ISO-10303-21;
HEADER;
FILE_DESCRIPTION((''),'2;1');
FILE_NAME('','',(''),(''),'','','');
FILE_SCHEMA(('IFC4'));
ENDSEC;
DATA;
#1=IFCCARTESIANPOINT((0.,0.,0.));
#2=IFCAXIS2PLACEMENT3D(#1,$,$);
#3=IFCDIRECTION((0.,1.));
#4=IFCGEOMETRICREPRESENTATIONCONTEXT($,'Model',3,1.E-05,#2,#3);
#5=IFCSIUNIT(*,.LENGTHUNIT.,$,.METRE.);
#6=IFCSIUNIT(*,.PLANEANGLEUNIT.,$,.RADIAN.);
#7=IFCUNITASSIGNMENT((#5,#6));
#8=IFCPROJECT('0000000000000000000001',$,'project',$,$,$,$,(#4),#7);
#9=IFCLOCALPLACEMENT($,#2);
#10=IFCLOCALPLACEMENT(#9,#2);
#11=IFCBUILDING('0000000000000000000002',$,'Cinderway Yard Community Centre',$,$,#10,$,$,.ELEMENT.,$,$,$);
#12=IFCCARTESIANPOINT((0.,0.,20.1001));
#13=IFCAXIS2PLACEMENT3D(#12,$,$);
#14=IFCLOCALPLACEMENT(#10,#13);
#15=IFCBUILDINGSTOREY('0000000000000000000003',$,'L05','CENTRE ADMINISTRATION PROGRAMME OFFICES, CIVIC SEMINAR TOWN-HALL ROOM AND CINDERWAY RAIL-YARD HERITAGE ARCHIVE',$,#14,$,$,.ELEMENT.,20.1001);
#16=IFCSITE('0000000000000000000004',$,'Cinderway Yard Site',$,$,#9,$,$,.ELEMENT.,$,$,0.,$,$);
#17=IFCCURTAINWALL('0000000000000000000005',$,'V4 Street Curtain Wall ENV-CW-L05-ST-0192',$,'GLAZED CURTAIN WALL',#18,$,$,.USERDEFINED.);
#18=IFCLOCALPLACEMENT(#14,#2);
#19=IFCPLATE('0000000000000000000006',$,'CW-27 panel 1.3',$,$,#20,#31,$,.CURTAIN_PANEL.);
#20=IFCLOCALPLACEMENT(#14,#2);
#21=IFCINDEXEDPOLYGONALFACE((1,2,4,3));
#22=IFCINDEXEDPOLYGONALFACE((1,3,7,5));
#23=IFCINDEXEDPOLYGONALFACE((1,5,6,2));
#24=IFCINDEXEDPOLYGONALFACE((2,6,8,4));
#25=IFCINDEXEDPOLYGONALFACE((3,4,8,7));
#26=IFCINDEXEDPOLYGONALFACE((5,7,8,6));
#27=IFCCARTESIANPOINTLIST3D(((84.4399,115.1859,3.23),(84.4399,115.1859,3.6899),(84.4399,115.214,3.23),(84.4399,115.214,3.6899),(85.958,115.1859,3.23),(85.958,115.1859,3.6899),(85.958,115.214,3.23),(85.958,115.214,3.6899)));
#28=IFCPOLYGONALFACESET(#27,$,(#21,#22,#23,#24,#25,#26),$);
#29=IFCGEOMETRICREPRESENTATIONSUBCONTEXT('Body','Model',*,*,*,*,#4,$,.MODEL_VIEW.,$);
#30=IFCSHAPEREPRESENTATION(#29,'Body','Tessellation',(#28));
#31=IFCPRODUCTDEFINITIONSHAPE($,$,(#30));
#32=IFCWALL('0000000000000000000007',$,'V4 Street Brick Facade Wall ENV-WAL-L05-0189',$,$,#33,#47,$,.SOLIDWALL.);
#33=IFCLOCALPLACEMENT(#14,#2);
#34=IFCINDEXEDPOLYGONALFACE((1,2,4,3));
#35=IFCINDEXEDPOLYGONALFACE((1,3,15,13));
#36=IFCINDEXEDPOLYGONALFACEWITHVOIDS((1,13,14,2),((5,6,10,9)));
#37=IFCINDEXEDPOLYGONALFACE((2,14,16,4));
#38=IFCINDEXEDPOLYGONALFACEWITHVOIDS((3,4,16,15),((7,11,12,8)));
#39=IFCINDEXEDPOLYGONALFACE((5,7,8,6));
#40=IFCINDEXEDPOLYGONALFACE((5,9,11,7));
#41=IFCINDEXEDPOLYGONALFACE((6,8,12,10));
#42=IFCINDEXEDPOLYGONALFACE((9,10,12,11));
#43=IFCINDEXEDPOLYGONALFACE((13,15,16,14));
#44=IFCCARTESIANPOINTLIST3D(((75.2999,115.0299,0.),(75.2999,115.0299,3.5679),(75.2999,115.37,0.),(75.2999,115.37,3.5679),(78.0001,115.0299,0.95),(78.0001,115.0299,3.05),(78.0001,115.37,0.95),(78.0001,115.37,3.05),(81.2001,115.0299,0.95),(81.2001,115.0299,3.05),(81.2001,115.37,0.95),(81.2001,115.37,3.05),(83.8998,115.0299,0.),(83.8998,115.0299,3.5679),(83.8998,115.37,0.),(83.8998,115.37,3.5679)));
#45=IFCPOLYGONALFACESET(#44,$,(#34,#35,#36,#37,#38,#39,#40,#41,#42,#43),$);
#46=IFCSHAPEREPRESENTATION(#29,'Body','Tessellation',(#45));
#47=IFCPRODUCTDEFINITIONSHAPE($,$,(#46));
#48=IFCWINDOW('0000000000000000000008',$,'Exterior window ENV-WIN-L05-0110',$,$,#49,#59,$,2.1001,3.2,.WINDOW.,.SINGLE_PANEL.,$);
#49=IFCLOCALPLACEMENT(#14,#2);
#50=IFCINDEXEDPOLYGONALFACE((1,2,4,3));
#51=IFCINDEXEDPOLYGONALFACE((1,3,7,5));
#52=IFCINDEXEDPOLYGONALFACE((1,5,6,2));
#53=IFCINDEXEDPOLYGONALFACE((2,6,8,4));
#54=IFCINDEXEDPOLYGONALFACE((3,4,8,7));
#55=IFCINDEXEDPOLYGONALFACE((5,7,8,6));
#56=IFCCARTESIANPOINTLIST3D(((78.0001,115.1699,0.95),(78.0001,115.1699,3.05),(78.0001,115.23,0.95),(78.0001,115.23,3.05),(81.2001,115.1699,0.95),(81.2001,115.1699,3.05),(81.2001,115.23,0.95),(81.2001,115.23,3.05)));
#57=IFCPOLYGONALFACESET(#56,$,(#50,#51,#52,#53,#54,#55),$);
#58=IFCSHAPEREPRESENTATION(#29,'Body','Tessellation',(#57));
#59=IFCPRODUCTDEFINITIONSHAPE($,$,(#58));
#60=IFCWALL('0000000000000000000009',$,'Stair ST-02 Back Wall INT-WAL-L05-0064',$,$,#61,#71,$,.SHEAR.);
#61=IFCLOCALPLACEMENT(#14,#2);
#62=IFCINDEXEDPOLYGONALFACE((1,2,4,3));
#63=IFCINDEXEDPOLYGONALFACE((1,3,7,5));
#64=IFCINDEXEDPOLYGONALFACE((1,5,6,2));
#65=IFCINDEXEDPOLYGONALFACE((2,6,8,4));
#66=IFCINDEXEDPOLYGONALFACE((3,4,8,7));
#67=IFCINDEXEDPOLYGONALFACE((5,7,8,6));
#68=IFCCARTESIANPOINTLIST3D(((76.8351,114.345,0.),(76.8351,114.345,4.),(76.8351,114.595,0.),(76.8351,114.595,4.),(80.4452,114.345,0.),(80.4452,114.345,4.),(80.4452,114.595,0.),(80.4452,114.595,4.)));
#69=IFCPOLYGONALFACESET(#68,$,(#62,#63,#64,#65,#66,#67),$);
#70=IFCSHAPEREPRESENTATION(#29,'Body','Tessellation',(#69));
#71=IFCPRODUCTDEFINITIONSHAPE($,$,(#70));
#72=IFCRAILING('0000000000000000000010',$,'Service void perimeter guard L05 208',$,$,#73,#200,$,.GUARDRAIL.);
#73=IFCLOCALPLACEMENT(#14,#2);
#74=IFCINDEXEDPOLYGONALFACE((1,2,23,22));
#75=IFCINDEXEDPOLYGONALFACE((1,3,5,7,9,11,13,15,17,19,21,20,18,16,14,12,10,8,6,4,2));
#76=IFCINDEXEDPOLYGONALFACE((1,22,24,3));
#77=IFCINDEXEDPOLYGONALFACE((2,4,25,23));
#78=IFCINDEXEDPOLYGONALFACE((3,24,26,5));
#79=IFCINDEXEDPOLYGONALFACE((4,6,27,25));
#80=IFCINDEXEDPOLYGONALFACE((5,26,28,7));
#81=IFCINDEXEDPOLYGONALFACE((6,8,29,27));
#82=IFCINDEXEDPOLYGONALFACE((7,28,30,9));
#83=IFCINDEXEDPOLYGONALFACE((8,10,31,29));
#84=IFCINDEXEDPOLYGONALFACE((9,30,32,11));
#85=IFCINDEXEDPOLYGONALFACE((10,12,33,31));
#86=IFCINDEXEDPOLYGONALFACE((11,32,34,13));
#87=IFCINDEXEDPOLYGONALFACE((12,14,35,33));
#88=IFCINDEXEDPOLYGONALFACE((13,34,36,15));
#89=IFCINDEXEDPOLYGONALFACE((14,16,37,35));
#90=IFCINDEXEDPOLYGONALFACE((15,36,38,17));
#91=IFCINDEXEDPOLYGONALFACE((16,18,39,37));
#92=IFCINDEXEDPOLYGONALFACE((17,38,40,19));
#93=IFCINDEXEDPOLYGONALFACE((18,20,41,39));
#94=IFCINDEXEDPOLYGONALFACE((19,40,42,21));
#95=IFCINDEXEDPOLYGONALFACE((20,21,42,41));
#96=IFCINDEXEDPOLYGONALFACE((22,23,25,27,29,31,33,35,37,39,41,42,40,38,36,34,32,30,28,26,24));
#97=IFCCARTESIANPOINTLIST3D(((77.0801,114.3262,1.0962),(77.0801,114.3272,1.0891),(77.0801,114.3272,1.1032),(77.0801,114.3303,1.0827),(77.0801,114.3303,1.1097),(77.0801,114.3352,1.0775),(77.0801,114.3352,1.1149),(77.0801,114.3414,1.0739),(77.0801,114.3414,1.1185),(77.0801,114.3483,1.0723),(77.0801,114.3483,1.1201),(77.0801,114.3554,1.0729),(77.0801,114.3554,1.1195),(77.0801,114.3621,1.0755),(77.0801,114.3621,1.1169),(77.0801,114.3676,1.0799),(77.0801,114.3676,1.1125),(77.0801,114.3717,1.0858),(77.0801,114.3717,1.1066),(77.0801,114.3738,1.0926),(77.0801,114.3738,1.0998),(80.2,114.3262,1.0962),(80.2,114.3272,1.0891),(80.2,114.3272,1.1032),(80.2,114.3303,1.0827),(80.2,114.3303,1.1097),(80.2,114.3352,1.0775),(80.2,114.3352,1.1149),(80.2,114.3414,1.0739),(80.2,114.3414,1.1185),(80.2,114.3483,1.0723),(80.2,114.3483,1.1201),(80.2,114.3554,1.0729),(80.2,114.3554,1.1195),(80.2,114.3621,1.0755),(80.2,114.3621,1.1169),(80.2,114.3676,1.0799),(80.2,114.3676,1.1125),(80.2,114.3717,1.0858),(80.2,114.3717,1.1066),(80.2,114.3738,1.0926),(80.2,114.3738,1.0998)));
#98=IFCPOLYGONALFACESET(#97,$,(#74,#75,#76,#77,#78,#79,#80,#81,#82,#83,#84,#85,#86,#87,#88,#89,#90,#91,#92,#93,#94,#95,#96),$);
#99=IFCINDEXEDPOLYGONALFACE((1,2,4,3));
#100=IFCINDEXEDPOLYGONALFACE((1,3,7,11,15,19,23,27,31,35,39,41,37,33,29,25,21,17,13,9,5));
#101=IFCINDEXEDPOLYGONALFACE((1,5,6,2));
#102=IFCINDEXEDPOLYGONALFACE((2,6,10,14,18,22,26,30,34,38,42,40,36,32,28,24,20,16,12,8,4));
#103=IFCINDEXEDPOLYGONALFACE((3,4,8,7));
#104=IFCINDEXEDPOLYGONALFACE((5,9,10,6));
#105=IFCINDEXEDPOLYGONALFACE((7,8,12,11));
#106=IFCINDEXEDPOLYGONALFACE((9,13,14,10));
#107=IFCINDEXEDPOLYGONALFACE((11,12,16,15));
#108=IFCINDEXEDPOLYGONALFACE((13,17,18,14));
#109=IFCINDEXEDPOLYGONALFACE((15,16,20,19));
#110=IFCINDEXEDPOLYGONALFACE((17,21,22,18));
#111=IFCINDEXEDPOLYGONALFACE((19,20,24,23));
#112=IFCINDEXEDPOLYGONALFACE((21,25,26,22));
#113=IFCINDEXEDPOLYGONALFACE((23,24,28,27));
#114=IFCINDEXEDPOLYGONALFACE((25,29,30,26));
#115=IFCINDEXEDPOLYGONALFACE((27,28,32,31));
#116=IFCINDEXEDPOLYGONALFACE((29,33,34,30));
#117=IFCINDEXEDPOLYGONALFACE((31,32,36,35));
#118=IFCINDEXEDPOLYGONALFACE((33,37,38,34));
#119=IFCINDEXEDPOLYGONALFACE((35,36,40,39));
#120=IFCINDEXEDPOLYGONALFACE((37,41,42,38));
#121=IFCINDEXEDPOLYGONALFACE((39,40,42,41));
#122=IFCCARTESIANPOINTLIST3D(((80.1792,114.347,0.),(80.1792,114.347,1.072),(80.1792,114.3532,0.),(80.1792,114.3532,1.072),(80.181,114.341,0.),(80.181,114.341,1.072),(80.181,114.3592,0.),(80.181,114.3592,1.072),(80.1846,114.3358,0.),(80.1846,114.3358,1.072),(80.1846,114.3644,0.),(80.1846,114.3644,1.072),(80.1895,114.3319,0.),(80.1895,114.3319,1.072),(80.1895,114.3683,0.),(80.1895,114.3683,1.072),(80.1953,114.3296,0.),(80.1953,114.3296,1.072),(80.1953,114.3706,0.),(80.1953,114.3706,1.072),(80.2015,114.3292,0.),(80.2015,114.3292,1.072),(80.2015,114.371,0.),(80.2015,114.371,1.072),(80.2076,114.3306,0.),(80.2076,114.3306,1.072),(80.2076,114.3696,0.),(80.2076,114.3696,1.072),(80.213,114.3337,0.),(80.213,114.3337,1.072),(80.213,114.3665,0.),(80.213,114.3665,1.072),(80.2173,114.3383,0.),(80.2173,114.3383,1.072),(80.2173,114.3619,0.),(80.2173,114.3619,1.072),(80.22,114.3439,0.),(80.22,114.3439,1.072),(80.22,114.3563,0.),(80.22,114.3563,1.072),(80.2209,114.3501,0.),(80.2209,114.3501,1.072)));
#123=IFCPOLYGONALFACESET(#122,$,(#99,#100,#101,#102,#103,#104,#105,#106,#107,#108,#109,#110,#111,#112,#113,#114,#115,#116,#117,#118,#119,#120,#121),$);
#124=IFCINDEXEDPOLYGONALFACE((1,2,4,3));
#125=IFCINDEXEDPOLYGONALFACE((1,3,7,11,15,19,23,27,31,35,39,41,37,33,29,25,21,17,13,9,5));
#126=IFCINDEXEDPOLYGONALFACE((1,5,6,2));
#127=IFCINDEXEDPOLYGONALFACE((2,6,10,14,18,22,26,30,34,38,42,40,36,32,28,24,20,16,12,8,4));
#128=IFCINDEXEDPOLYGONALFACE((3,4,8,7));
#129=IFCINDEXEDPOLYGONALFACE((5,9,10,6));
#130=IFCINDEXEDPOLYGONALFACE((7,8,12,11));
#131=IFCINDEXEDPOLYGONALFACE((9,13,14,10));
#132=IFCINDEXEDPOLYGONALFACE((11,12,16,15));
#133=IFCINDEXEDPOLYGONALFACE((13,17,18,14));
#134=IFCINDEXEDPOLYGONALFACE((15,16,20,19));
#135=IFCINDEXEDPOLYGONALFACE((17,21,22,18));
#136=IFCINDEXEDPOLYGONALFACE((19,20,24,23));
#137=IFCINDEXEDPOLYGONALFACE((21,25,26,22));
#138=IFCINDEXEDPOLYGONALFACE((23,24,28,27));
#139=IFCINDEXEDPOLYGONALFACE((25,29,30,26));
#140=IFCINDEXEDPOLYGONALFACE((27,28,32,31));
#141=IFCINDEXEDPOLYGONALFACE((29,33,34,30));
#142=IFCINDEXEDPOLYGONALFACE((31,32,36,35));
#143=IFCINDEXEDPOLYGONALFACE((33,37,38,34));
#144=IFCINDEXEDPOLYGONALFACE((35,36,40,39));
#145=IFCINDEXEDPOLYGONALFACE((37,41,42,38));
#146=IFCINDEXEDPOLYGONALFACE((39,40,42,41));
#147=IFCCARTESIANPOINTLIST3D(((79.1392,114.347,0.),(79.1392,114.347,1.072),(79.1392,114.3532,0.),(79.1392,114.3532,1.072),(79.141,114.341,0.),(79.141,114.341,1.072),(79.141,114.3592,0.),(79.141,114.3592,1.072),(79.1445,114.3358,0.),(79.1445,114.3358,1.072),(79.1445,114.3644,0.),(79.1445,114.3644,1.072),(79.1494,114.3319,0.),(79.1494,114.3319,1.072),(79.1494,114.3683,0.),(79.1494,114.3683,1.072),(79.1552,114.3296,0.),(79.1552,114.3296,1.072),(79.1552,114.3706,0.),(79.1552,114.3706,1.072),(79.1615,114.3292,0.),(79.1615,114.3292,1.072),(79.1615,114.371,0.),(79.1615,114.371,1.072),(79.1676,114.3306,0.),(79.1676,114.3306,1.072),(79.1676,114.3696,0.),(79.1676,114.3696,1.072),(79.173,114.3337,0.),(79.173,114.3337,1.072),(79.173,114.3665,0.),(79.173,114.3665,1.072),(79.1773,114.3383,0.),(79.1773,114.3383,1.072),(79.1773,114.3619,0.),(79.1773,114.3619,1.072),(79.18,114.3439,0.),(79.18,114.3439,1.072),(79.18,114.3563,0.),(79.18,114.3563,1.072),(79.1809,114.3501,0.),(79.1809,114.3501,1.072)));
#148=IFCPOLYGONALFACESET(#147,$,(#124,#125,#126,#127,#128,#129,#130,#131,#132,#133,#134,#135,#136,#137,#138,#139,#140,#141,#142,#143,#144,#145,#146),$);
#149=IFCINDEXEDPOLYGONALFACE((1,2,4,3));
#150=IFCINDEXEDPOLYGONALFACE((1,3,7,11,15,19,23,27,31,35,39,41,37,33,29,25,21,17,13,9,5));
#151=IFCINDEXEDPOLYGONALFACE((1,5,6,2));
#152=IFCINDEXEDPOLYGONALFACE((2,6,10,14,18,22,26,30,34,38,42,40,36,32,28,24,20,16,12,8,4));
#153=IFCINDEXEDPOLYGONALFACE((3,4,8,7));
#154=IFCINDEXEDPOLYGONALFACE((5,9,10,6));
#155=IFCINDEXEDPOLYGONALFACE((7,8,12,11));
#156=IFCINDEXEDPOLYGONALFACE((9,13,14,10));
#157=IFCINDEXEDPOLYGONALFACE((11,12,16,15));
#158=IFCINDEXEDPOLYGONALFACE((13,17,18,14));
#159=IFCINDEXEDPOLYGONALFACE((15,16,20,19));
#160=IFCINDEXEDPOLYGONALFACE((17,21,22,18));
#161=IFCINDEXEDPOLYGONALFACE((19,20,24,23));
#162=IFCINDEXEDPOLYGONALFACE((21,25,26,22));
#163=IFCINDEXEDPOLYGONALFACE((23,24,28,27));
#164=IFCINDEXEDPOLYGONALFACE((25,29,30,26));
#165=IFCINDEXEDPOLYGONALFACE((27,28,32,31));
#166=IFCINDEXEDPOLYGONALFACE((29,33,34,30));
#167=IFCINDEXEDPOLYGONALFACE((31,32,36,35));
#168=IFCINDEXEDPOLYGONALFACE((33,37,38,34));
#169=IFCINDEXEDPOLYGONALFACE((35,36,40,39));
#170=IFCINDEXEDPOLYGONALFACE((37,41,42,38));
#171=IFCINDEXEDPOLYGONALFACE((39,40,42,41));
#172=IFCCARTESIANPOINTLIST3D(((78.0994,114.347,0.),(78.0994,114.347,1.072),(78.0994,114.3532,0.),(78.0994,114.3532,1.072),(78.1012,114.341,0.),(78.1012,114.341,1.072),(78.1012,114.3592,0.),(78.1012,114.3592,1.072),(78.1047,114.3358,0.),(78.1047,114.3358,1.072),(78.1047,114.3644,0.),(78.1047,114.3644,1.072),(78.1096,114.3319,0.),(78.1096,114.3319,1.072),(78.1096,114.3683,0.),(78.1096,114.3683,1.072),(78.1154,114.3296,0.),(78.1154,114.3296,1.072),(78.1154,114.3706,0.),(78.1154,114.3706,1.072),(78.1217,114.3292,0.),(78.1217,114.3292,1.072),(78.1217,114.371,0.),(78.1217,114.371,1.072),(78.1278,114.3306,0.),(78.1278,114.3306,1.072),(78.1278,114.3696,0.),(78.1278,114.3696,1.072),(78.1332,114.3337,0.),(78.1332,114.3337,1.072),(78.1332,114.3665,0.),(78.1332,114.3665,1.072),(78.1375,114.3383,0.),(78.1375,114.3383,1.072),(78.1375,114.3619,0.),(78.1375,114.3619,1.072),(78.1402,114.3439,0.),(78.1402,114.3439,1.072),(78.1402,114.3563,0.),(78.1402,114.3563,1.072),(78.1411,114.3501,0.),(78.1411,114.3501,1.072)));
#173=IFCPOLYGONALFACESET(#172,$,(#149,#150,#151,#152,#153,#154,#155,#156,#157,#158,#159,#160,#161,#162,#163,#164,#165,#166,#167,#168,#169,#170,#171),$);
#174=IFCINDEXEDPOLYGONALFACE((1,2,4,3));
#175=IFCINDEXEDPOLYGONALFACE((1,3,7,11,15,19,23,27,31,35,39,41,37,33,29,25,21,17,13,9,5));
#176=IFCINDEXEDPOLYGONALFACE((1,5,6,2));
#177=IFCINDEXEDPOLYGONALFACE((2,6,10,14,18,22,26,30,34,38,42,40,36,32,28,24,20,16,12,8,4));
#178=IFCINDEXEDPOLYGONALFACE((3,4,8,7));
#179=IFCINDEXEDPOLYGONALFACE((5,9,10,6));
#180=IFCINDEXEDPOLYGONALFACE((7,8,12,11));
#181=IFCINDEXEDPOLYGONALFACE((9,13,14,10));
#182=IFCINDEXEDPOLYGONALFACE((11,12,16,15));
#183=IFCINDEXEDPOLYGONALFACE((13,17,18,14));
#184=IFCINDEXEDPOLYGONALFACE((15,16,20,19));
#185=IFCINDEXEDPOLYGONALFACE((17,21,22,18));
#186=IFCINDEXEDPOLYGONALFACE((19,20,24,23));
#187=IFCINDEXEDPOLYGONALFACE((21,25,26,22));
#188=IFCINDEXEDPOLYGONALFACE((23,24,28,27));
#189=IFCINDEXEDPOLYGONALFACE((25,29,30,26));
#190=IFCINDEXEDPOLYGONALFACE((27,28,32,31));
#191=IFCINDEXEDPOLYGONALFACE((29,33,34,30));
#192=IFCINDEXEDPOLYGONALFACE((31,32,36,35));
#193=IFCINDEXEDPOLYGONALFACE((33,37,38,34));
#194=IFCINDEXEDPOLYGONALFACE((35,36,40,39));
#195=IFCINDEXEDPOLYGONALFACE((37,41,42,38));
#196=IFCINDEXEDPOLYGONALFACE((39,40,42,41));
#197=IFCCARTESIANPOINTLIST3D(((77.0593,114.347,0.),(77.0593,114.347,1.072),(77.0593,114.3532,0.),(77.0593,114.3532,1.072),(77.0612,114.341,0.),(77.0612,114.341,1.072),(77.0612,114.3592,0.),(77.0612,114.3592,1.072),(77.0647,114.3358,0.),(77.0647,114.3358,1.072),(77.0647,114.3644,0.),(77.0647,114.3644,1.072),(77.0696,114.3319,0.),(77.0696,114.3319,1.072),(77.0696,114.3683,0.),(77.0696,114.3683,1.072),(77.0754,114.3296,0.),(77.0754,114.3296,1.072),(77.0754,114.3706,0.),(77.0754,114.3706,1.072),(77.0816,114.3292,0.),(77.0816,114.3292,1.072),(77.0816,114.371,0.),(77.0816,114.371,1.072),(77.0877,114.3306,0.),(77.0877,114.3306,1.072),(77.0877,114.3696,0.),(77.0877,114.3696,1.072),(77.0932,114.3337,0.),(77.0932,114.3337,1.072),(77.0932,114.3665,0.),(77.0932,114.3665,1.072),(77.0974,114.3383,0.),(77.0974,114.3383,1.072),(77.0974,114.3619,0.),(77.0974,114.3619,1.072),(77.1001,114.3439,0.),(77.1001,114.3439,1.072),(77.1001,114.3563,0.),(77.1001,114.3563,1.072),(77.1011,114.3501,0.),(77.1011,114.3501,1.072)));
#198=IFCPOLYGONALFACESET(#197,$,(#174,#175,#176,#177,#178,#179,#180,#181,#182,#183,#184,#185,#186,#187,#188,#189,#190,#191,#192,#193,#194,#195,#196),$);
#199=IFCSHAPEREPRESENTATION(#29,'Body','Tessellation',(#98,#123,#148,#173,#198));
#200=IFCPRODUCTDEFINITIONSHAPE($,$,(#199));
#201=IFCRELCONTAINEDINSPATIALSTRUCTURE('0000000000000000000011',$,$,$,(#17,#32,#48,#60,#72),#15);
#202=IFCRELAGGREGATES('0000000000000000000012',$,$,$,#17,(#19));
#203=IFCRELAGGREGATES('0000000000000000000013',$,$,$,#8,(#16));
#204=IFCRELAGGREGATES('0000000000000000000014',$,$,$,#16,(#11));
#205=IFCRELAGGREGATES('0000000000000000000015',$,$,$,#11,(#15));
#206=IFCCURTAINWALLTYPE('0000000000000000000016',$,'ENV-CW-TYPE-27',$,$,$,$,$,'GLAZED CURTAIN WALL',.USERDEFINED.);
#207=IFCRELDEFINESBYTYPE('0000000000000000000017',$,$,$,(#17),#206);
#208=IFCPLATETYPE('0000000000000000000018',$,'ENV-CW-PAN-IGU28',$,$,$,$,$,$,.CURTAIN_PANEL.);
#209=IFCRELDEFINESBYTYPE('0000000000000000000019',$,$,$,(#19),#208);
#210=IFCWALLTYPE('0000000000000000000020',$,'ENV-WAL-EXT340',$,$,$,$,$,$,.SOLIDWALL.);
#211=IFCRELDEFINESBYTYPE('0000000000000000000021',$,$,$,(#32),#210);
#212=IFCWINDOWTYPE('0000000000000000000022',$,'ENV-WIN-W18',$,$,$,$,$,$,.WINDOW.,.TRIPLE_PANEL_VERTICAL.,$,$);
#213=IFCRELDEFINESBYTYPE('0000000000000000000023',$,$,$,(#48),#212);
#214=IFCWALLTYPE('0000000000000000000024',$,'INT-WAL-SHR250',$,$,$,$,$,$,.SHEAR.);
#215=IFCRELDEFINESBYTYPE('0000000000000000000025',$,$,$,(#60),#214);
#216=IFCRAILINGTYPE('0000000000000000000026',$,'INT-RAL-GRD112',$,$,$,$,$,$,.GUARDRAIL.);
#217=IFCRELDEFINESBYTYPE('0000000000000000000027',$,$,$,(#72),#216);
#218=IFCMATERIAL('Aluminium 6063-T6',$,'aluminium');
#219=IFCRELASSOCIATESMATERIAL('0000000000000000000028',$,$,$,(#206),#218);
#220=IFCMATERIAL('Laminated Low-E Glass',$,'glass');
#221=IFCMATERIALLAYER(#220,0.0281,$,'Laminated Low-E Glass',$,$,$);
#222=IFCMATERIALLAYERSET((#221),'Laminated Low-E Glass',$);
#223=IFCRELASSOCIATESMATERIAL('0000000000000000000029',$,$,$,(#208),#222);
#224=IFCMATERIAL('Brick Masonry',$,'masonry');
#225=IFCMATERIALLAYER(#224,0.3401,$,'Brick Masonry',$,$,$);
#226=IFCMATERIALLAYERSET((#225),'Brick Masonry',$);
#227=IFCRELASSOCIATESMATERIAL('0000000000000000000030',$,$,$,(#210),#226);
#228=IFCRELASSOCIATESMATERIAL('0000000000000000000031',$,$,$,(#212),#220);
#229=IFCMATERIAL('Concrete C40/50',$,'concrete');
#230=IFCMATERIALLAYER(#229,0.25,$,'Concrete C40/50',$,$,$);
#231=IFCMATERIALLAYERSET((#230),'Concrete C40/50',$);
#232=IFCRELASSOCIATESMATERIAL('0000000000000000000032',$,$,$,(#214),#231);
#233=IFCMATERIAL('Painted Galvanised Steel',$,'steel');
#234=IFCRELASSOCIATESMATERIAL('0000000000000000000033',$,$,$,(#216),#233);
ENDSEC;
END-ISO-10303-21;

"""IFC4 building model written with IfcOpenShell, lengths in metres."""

from ifc_helpers import new_model, si_unit, direction, frame, frame_2d, origin, origin_2d, place, context, subcontext, project, spatial, rectangle, circle, extrude, material, layer, layer_set, type_object, element, fill, aggregate, save


model = new_model("IFC4")

# Units and contexts
model_context = context("Model", 3, precision=1e-05, world=origin(), true_north=direction((0.0, 1.0)))
body_context = subcontext(model_context, "Body", "Model", "MODEL_VIEW")
ifc_project = project(units=[si_unit("LENGTHUNIT", "METRE"), si_unit("PLANEANGLEUNIT", "RADIAN")], contexts=[model_context])

# Site, building, storey
site_placement = place(None, origin())
site = spatial("IfcSite", under=ifc_project, at=site_placement, Name="Cinderway Yard Site", CompositionType="ELEMENT", RefElevation=0.0)
building_placement = place(site_placement, origin())
building = spatial("IfcBuilding", under=site, at=building_placement, Name="Cinderway Yard Community Centre", CompositionType="ELEMENT")
storey_placement = place(building_placement, frame((0.0, 0.0, 20.1001)))
storey = spatial("IfcBuildingStorey", under=building, at=storey_placement, Name="L05", Description="CENTRE ADMINISTRATION PROGRAMME OFFICES, CIVIC SEMINAR TOWN-HALL ROOM AND CINDERWAY RAIL-YARD HERITAGE ARCHIVE", CompositionType="ELEMENT", Elevation=20.1001)

# Shared definitions
ifc_material_1 = material(Name="Concrete C40/50", Category="concrete")

# Curtain wall
ifc_material_2 = material(Name="Aluminium 6063-T6", Category="aluminium")
curtain_wall_type_1 = type_object("IfcCurtainWallType", Name="ENV-CW-TYPE-27", ElementType="GLAZED CURTAIN WALL", PredefinedType="USERDEFINED", material=ifc_material_2)
curtain_wall_1_placement = place(storey_placement, origin())
curtain_wall_1 = element("IfcCurtainWall", 1, at=curtain_wall_1_placement, inside=storey, type_object=curtain_wall_type_1, Name="V4 Street Curtain Wall ENV-CW-L05-ST-0192", ObjectType="GLAZED CURTAIN WALL", PredefinedType="USERDEFINED")

# Plate
ifc_material_3 = material(Name="Laminated Low-E Glass", Category="glass")
ifc_layer_1 = layer(ifc_material_3, 0.0281, Name="Laminated Low-E Glass")
ifc_layer_set_1 = layer_set([ifc_layer_1], Name="Laminated Low-E Glass")
plate_type = type_object("IfcPlateType", Name="ENV-CW-PAN-IGU28", PredefinedType="CURTAIN_PANEL", material=ifc_layer_set_1)
plate_1_placement = place(storey_placement, frame((85.199, 115.2, 3.23), z_axis=(0.0, 0.0, 1.0), x_axis=(1.0, 0.0, 0.0)))
plate_1 = element("IfcPlate", 2, at=plate_1_placement, type_object=plate_type, Name="CW-27 panel 1.3", PredefinedType="CURTAIN_PANEL", context=body_context, shape_type="SweptSolid", body=[
    extrude(rectangle(XDim=1.5181, YDim=0.0281, at=origin_2d()), origin(), (0.0, 0.0, 1.0), 0.46),
])
aggregate(curtain_wall_1, [plate_1])

# Wall, opening, window
ifc_material_4 = material(Name="Brick Masonry", Category="masonry")
ifc_layer_2 = layer(ifc_material_4, 0.3401, Name="Brick Masonry")
ifc_layer_set_2 = layer_set([ifc_layer_2], Name="Brick Masonry")
wall_type_1 = type_object("IfcWallType", Name="ENV-WAL-EXT340", PredefinedType="SOLIDWALL", material=ifc_layer_set_2)
wall_1_placement = place(storey_placement, frame((75.3, 115.2, 0.0), z_axis=(0.0, 0.0, 1.0), x_axis=(1.0, 0.0, 0.0)))
wall_1 = element("IfcWall", 3, at=wall_1_placement, inside=storey, type_object=wall_type_1, Name="V4 Street Brick Facade Wall ENV-WAL-L05-0189", PredefinedType="SOLIDWALL", context=body_context, shape_type="SweptSolid", body=[
    extrude(rectangle(XDim=8.5999, YDim=0.3401, at=frame_2d((4.2998, 0.0))), origin(), (0.0, 0.0, 1.0), 3.5679),
])
opening_placement = place(wall_1_placement, frame((2.7, 0.0, 0.95)))
opening = element("IfcOpeningElement", 4, at=opening_placement, cuts=wall_1, PredefinedType="OPENING", context=body_context, shape_type="SweptSolid", body=[
    extrude(rectangle(XDim=3.2, YDim=2.1001, at=frame_2d((1.6001, 1.05))), frame((0.0, 0.1799, 0.0), z_axis=(0.0, -1.0, 0.0), x_axis=(1.0, 0.0, 0.0)), (0.0, 0.0, 1.0), 0.3601),
])
window_type = type_object("IfcWindowType", Name="ENV-WIN-W18", PartitioningType="TRIPLE_PANEL_VERTICAL", PredefinedType="WINDOW", material=ifc_material_3)
window_placement = place(opening_placement, origin())
window = element("IfcWindow", 5, at=window_placement, inside=storey, type_object=window_type, Name="Exterior window ENV-WIN-L05-0110", OverallHeight=2.1001, OverallWidth=3.2, PartitioningType="SINGLE_PANEL", PredefinedType="WINDOW", context=body_context, shape_type="SweptSolid", body=[
    extrude(rectangle(XDim=3.2, YDim=2.1001, at=frame_2d((1.6001, 1.05))), frame((0.0, 0.03, 0.0), z_axis=(0.0, -1.0, 0.0), x_axis=(1.0, 0.0, 0.0)), (0.0, 0.0, 1.0), 0.0601),
])
fill(opening, window)

# Wall
ifc_layer_3 = layer(ifc_material_1, 0.25, Name="Concrete C40/50")
ifc_layer_set_3 = layer_set([ifc_layer_3], Name="Concrete C40/50")
wall_type_2 = type_object("IfcWallType", Name="INT-WAL-SHR250", PredefinedType="SHEAR", material=ifc_layer_set_3)
wall_2_placement = place(storey_placement, frame((76.835, 114.47, 0.0), z_axis=(0.0, 0.0, 1.0), x_axis=(1.0, 0.0, 0.0)))
element("IfcWall", 6, at=wall_2_placement, inside=storey, type_object=wall_type_2, Name="Stair ST-02 Back Wall INT-WAL-L05-0064", PredefinedType="SHEAR", context=body_context, shape_type="SweptSolid", body=[
    extrude(rectangle(XDim=3.6101, YDim=0.25, at=frame_2d((1.8052, 0.0))), origin(), (0.0, 0.0, 1.0), 4.0),
])

# Railing
ifc_material_5 = material(Name="Painted Galvanised Steel", Category="steel")
railing_type = type_object("IfcRailingType", Name="INT-RAL-GRD112", PredefinedType="GUARDRAIL", material=ifc_material_5)
railing_placement = place(storey_placement, frame((80.2, 114.3501, 0.0)))
element("IfcRailing", 7, at=railing_placement, inside=storey, type_object=railing_type, Name="Service void perimeter guard L05 208", PredefinedType="GUARDRAIL", context=body_context, shape_type="SweptSolid", body=[
    extrude(circle(Radius=0.0239, at=origin_2d()), frame((0.0, 0.0, 1.0962), z_axis=(-1.0, 0.0, 0.0), x_axis=(0.0, -1.0, 0.0)), (0.0, 0.0, 1.0), 3.1199),
    extrude(circle(Radius=0.021, at=origin_2d()), origin(), (0.0, 0.0, 1.0), 1.072),
    extrude(circle(Radius=0.021, at=origin_2d()), frame((-1.04, 0.0, 0.0)), (0.0, 0.0, 1.0), 1.072),
    extrude(circle(Radius=0.021, at=origin_2d()), frame((-2.0798, 0.0, 0.0)), (0.0, 0.0, 1.0), 1.072),
    extrude(circle(Radius=0.021, at=origin_2d()), frame((-3.1199, 0.0, 0.0)), (0.0, 0.0, 1.0), 1.072),
])

save(model, "model.ifc")
